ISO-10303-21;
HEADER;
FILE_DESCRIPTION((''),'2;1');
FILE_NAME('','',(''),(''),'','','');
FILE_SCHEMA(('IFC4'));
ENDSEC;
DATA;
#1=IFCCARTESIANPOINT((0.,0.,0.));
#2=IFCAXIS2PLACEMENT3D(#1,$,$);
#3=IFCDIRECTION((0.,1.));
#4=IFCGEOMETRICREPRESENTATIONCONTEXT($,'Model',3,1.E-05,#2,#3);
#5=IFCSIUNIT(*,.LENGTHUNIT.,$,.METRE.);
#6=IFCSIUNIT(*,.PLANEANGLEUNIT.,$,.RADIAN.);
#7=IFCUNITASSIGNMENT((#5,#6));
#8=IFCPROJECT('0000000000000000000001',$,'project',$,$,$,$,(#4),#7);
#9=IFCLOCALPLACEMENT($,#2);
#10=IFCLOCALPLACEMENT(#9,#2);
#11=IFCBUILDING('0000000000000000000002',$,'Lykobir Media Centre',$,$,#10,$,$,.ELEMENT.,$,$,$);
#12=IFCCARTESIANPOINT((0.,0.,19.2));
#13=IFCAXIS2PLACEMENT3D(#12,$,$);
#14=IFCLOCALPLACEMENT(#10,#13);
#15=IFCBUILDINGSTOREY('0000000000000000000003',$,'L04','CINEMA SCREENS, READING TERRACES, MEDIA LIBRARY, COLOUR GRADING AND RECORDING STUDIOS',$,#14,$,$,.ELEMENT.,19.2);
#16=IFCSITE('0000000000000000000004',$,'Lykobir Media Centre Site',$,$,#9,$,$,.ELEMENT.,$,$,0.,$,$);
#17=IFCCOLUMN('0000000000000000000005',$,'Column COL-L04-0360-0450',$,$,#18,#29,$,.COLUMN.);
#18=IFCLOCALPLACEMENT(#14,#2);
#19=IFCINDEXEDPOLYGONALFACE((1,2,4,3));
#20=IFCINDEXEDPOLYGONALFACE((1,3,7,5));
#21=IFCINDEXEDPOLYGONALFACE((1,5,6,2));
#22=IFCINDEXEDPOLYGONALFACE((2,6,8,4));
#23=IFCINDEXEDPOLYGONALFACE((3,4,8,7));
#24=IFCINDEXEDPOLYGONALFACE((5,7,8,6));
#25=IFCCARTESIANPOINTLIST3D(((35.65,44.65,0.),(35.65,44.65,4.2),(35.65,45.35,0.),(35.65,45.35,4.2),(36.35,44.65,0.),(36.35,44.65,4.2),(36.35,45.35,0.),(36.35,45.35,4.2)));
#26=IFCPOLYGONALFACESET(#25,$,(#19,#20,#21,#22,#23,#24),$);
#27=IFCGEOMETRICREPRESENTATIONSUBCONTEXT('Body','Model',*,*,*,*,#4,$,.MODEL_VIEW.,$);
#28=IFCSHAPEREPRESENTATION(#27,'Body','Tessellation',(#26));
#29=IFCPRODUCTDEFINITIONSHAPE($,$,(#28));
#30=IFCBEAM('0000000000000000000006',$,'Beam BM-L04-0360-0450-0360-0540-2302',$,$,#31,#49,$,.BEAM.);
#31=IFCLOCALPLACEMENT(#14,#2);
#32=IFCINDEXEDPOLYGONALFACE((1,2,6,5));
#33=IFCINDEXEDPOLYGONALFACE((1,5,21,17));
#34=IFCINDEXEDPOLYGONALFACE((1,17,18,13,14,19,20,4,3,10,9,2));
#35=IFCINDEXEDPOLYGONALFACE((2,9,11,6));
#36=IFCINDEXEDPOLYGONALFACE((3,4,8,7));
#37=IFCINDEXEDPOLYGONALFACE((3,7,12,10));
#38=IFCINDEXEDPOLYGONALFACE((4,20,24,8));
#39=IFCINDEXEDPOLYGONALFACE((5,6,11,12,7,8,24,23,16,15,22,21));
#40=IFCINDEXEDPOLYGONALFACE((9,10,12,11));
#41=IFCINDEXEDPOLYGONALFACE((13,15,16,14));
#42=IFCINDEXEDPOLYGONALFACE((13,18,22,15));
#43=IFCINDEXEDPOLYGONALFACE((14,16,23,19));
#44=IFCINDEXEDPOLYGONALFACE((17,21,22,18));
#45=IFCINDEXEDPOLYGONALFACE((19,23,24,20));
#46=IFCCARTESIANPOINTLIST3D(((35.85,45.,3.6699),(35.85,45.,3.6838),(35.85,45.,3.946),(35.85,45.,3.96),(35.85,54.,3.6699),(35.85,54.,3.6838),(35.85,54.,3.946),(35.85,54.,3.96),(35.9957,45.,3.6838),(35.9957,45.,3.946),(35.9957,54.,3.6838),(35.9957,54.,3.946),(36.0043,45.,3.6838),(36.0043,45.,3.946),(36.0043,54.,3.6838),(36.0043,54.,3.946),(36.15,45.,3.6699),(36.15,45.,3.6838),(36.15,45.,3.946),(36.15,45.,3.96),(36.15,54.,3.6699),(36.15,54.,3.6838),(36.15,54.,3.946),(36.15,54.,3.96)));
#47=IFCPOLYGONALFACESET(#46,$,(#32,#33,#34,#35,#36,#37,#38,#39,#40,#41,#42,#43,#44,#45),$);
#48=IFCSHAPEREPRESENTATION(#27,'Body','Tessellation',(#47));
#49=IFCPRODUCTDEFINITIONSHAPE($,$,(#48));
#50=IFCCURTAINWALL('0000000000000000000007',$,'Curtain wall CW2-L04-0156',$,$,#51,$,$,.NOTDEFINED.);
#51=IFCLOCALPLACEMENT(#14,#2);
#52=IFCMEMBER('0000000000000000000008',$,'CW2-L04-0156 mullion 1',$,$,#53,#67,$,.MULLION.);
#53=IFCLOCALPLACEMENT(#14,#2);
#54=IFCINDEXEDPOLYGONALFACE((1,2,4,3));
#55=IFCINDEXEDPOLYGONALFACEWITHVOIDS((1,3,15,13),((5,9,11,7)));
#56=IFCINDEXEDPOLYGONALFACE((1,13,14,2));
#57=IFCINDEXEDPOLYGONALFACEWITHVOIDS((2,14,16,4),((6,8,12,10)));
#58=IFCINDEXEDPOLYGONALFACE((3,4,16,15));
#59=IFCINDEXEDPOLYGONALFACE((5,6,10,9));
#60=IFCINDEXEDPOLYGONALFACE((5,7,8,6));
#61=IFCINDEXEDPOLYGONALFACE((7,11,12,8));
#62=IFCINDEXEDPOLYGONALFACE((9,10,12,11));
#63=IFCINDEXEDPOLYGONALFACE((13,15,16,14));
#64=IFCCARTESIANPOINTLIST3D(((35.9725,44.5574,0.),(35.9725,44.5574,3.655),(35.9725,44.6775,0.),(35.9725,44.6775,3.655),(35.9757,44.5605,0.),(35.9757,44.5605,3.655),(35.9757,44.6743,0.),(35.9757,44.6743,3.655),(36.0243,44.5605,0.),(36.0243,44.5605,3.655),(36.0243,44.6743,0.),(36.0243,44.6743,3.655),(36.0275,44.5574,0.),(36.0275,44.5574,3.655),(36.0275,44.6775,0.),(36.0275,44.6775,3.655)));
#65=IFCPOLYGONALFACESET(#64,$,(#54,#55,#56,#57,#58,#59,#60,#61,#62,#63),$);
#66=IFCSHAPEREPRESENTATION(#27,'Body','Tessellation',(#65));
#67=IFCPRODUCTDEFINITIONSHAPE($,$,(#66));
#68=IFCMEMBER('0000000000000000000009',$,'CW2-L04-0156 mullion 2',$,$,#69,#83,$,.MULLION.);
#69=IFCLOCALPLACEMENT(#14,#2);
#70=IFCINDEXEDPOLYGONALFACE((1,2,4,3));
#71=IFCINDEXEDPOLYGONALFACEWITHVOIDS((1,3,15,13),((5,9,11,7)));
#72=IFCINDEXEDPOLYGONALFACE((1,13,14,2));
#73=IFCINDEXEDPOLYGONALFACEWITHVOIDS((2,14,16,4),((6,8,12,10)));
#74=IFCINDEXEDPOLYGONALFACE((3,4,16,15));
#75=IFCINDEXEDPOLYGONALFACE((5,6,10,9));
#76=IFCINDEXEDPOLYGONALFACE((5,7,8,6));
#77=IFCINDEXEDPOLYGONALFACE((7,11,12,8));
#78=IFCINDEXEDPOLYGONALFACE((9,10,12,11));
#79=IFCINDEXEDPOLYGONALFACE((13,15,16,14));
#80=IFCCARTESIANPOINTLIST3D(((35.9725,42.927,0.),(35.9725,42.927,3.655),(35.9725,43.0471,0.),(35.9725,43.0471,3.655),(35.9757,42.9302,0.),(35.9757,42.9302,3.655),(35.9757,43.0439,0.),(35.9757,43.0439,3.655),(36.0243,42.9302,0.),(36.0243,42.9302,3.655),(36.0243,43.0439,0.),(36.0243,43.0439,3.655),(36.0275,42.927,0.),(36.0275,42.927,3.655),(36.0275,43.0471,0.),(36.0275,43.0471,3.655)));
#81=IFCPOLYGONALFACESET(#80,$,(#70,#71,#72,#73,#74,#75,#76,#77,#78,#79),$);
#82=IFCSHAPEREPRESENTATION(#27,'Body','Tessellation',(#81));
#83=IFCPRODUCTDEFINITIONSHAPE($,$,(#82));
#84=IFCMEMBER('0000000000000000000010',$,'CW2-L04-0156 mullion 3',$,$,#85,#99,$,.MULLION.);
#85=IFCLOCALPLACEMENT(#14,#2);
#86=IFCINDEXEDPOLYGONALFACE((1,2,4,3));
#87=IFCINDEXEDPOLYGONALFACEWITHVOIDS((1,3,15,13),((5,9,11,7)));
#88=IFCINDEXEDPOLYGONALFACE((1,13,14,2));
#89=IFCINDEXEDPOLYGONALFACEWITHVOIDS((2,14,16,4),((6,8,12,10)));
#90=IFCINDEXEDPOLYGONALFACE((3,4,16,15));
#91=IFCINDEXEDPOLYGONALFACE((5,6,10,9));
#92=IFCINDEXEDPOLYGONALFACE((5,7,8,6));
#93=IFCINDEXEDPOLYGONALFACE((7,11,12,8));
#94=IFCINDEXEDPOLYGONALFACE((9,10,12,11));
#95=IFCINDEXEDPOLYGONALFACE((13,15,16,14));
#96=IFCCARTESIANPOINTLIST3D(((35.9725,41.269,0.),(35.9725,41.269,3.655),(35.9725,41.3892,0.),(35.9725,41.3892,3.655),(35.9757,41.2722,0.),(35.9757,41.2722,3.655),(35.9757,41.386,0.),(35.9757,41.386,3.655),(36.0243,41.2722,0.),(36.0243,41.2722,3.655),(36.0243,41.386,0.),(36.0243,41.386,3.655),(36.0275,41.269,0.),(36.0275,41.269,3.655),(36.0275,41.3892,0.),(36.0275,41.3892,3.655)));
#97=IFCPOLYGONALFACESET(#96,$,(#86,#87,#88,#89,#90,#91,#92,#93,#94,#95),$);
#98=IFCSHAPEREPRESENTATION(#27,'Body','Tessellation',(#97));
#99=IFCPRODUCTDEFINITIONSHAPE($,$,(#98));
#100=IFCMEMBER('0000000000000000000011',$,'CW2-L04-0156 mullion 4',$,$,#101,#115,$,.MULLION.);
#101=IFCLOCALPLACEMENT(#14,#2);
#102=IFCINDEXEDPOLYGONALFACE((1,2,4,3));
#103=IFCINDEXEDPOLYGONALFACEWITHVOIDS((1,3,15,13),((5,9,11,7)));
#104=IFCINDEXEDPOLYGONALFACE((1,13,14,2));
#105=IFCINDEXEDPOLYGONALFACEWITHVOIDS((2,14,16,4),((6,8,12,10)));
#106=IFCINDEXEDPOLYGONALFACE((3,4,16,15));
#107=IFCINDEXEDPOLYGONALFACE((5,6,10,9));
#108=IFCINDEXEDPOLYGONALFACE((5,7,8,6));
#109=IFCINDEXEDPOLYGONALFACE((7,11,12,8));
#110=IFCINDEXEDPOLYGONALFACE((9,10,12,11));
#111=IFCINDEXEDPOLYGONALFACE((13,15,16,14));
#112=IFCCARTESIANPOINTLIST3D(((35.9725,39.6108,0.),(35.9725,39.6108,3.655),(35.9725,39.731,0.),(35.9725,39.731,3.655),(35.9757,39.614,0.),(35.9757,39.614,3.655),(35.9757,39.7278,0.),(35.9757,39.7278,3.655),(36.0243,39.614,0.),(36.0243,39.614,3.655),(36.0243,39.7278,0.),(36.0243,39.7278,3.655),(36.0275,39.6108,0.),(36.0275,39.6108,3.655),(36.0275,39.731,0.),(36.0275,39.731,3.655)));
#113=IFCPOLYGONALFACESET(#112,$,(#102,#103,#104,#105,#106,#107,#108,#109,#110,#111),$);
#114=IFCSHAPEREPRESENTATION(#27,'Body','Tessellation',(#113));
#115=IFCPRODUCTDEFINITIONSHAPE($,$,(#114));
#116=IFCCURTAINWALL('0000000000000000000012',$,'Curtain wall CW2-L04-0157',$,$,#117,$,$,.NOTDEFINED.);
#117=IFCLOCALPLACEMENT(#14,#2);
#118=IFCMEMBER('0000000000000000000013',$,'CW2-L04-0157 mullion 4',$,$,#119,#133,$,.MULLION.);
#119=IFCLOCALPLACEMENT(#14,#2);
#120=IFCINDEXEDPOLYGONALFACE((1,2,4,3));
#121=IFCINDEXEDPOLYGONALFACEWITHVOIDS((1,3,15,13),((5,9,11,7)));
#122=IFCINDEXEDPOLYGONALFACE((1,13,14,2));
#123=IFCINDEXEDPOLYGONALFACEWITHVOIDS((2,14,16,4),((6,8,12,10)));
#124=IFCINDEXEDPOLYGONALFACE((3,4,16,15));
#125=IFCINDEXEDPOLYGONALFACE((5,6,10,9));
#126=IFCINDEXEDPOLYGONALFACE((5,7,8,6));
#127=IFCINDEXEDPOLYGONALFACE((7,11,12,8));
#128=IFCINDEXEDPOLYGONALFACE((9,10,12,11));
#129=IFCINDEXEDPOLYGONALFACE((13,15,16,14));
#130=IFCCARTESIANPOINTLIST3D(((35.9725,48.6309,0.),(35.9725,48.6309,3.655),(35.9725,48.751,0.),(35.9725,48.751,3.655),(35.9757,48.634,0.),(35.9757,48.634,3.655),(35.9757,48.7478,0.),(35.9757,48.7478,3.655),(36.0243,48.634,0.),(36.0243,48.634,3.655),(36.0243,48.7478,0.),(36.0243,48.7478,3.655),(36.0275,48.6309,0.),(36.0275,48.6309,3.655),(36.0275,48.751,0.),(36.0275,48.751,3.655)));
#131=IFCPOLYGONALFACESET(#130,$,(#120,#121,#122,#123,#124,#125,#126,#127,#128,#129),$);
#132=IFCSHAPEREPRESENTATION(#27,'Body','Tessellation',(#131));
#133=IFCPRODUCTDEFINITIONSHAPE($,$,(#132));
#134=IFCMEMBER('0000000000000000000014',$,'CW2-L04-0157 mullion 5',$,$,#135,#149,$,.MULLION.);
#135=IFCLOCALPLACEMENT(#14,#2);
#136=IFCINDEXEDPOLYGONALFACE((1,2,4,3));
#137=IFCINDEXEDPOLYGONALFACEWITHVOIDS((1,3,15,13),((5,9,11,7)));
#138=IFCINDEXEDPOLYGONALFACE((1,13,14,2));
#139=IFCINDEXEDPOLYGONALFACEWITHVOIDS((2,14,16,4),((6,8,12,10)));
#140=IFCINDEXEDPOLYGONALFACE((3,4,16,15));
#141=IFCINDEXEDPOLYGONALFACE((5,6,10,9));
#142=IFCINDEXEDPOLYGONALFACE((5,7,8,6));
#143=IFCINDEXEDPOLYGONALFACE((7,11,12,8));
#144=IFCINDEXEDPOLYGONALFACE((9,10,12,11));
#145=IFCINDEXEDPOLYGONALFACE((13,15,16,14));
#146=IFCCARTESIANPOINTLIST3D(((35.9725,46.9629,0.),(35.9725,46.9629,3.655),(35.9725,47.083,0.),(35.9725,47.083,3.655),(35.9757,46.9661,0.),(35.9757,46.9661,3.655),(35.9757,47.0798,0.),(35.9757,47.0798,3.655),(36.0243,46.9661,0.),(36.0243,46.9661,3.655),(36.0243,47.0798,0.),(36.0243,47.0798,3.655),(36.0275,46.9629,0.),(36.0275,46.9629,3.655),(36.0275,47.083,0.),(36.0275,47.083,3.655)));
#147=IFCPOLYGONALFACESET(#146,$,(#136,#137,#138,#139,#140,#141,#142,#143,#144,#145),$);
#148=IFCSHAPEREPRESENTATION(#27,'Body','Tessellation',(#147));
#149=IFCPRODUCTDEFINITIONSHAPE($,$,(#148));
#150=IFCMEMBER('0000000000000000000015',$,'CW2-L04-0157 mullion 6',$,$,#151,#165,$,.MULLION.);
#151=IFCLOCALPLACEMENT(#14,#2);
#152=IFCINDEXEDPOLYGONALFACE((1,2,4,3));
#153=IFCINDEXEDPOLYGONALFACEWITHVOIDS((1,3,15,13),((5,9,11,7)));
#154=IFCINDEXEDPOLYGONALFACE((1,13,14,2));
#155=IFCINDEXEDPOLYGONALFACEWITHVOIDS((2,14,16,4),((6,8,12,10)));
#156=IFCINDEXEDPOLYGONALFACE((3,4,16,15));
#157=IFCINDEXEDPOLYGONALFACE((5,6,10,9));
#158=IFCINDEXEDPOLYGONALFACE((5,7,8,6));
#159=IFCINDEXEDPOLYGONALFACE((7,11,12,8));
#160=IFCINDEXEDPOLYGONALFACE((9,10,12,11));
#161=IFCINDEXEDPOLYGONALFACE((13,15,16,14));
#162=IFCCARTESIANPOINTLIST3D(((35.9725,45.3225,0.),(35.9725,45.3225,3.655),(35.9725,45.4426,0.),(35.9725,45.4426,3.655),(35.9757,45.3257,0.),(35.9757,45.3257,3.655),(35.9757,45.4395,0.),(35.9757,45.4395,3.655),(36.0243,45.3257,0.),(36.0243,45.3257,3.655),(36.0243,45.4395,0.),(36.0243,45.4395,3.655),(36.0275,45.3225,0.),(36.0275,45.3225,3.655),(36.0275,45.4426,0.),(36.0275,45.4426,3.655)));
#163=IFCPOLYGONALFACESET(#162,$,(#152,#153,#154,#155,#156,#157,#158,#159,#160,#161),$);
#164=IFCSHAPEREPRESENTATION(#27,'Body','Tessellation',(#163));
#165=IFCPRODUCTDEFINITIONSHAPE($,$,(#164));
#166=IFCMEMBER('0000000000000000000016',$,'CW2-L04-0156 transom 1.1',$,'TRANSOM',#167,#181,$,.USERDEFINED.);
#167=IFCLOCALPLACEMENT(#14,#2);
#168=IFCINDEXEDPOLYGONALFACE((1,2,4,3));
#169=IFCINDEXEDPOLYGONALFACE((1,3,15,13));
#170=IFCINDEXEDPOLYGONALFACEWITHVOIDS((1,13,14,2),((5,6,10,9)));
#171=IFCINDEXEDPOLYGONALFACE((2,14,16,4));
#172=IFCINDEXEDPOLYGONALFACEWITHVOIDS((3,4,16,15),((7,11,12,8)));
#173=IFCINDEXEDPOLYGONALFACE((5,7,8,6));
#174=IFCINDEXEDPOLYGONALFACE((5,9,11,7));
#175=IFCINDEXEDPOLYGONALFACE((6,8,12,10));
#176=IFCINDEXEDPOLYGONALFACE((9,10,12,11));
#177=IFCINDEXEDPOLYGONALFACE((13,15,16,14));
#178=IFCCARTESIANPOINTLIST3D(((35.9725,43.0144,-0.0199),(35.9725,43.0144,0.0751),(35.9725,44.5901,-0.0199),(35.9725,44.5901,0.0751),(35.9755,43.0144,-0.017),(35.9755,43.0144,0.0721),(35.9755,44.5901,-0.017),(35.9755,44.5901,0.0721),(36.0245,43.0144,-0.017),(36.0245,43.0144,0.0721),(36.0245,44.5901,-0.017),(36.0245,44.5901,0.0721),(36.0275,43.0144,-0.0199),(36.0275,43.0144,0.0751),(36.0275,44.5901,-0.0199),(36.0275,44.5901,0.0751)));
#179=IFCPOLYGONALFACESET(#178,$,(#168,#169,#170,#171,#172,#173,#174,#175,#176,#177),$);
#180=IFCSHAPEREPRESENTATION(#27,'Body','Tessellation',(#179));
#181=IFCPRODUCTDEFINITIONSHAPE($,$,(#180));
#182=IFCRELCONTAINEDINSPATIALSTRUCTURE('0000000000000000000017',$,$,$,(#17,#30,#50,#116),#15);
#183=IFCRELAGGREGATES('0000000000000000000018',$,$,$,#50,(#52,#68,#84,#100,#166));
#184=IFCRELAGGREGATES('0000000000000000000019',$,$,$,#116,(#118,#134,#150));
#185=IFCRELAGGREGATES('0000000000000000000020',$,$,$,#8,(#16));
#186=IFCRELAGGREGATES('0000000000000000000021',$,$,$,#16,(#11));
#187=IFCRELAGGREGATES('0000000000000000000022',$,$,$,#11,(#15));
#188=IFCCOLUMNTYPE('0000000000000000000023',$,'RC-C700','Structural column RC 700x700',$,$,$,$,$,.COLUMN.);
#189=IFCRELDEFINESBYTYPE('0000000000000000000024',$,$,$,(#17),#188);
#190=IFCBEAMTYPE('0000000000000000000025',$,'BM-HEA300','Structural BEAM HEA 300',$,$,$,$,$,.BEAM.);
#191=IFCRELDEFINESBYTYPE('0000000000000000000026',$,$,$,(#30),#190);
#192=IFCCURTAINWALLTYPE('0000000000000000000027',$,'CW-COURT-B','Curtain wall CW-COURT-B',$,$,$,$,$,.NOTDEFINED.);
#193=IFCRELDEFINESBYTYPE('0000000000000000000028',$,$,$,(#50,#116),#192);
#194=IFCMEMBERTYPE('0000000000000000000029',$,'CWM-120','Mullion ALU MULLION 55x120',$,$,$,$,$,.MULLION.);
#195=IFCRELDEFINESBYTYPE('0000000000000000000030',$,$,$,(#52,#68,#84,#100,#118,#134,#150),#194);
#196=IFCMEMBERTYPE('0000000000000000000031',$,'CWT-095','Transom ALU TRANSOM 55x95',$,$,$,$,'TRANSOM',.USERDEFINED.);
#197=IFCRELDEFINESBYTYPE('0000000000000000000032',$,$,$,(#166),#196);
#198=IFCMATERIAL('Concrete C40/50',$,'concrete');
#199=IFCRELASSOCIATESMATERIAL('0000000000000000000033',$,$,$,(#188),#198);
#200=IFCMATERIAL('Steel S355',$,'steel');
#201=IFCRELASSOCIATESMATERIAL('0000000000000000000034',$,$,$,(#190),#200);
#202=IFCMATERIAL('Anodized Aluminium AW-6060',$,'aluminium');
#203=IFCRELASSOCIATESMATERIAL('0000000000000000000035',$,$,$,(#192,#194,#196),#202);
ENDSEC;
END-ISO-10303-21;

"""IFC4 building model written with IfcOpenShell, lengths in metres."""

from ifc_helpers import new_model, si_unit, direction, frame, origin, origin_2d, place, context, subcontext, project, spatial, rectangle, hollow_rectangle, i_section, extrude, material, material_profile, profile_set, type_object, element, aggregate, save


model = new_model("IFC4")

# Units and contexts
model_context = context("Model", 3, precision=1e-05, world=origin(), true_north=direction((0.0, 1.0)))
body_context = subcontext(model_context, "Body", "Model", "MODEL_VIEW")
ifc_project = project(units=[si_unit("LENGTHUNIT", "METRE"), si_unit("PLANEANGLEUNIT", "RADIAN")], contexts=[model_context])

# Site, building, storey
site_placement = place(None, origin())
site = spatial("IfcSite", under=ifc_project, at=site_placement, Name="Lykobir Media Centre Site", CompositionType="ELEMENT", RefElevation=0.0)
building_placement = place(site_placement, origin())
building = spatial("IfcBuilding", under=site, at=building_placement, Name="Lykobir Media Centre", CompositionType="ELEMENT")
storey_placement = place(building_placement, frame((0.0, 0.0, 19.2)))
storey = spatial("IfcBuildingStorey", under=building, at=storey_placement, Name="L04", Description="CINEMA SCREENS, READING TERRACES, MEDIA LIBRARY, COLOUR GRADING AND RECORDING STUDIOS", CompositionType="ELEMENT", Elevation=19.2)

# Column
ifc_material_1 = material(Name="Concrete C40/50", Category="concrete")
ifc_material_profile_1 = material_profile(ifc_material_1, rectangle(XDim=0.7, YDim=0.7, at=origin_2d()), Name="RC 700x700")
ifc_profile_set_1 = profile_set([ifc_material_profile_1], Name="Concrete C40/50")
column_type = type_object("IfcColumnType", Name="RC-C700", Description="Structural column RC 700x700", PredefinedType="COLUMN", material=ifc_profile_set_1)
column_placement = place(storey_placement, frame((36.0, 45.0, 0.0), z_axis=(0.0, 0.0, 1.0), x_axis=(1.0, 0.0, 0.0)))
element("IfcColumn", 1, at=column_placement, inside=storey, type_object=column_type, Name="Column COL-L04-0360-0450", PredefinedType="COLUMN", context=body_context, shape_type="SweptSolid", body=[
    extrude(rectangle(XDim=0.7, YDim=0.7, at=origin_2d()), origin(), (0.0, 0.0, 1.0), 4.2),
])

# Beam
ifc_material_2 = material(Name="Steel S355", Category="steel")
ifc_material_profile_2 = material_profile(ifc_material_2, i_section(OverallWidth=0.3, OverallDepth=0.29, WebThickness=0.0085, FlangeThickness=0.0139, at=origin_2d()), Name="HEA 300")
ifc_profile_set_2 = profile_set([ifc_material_profile_2], Name="Steel S355")
beam_type = type_object("IfcBeamType", Name="BM-HEA300", Description="Structural BEAM HEA 300", PredefinedType="BEAM", material=ifc_profile_set_2)
beam_placement = place(storey_placement, frame((36.0, 45.0, 3.8149), z_axis=(0.0, 1.0, 0.0), x_axis=(-1.0, 0.0, 0.0)))
element("IfcBeam", 2, at=beam_placement, inside=storey, type_object=beam_type, Name="Beam BM-L04-0360-0450-0360-0540-2302", PredefinedType="BEAM", context=body_context, shape_type="SweptSolid", body=[
    extrude(i_section(OverallWidth=0.3, OverallDepth=0.29, WebThickness=0.0085, FlangeThickness=0.0139, at=origin_2d()), origin(), (0.0, 0.0, 1.0), 9.0),
])

# Curtain walls, members
ifc_material_3 = material(Name="Anodized Aluminium AW-6060", Category="aluminium")
curtain_wall_type = type_object("IfcCurtainWallType", Name="CW-COURT-B", Description="Curtain wall CW-COURT-B", PredefinedType="NOTDEFINED", material=ifc_material_3)
curtain_wall_1_placement = place(storey_placement, origin())
curtain_wall_1 = element("IfcCurtainWall", 3, at=curtain_wall_1_placement, inside=storey, type_object=curtain_wall_type, Name="Curtain wall CW2-L04-0156", PredefinedType="NOTDEFINED")
ifc_material_profile_3 = material_profile(ifc_material_3, hollow_rectangle(XDim=0.0549, YDim=0.1201, WallThickness=0.0032, at=origin_2d()), Name="ALU MULLION 55x120")
ifc_profile_set_3 = profile_set([ifc_material_profile_3], Name="Anodized Aluminium AW-6060")
member_type_1 = type_object("IfcMemberType", Name="CWM-120", Description="Mullion ALU MULLION 55x120", PredefinedType="MULLION", material=ifc_profile_set_3)
member_1_placement = place(storey_placement, frame((36.0, 44.6174, 0.0), z_axis=(0.0, 0.0, 1.0), x_axis=(1.0, 0.0, 0.0)))
member_1 = element("IfcMember", 4, at=member_1_placement, type_object=member_type_1, Name="CW2-L04-0156 mullion 1", PredefinedType="MULLION", context=body_context, shape_type="SweptSolid", body=[
    extrude(hollow_rectangle(XDim=0.0549, YDim=0.1201, WallThickness=0.0032, at=origin_2d()), origin(), (0.0, 0.0, 1.0), 3.655),
])
member_2_placement = place(storey_placement, frame((36.0, 42.9871, 0.0), z_axis=(0.0, 0.0, 1.0), x_axis=(1.0, 0.0, 0.0)))
member_2 = element("IfcMember", 5, at=member_2_placement, type_object=member_type_1, Name="CW2-L04-0156 mullion 2", PredefinedType="MULLION", context=body_context, shape_type="SweptSolid", body=[
    extrude(hollow_rectangle(XDim=0.0549, YDim=0.1201, WallThickness=0.0032, at=origin_2d()), origin(), (0.0, 0.0, 1.0), 3.655),
])
member_3_placement = place(storey_placement, frame((36.0, 41.3291, 0.0), z_axis=(0.0, 0.0, 1.0), x_axis=(1.0, 0.0, 0.0)))
member_3 = element("IfcMember", 6, at=member_3_placement, type_object=member_type_1, Name="CW2-L04-0156 mullion 3", PredefinedType="MULLION", context=body_context, shape_type="SweptSolid", body=[
    extrude(hollow_rectangle(XDim=0.0549, YDim=0.1201, WallThickness=0.0032, at=origin_2d()), origin(), (0.0, 0.0, 1.0), 3.655),
])
member_4_placement = place(storey_placement, frame((36.0, 39.6709, 0.0), z_axis=(0.0, 0.0, 1.0), x_axis=(1.0, 0.0, 0.0)))
member_4 = element("IfcMember", 7, at=member_4_placement, type_object=member_type_1, Name="CW2-L04-0156 mullion 4", PredefinedType="MULLION", context=body_context, shape_type="SweptSolid", body=[
    extrude(hollow_rectangle(XDim=0.0549, YDim=0.1201, WallThickness=0.0032, at=origin_2d()), origin(), (0.0, 0.0, 1.0), 3.655),
])
curtain_wall_2_placement = place(storey_placement, origin())
curtain_wall_2 = element("IfcCurtainWall", 8, at=curtain_wall_2_placement, inside=storey, type_object=curtain_wall_type, Name="Curtain wall CW2-L04-0157", PredefinedType="NOTDEFINED")
member_5_placement = place(storey_placement, frame((36.0, 48.6909, 0.0), z_axis=(0.0, 0.0, 1.0), x_axis=(1.0, 0.0, 0.0)))
member_5 = element("IfcMember", 9, at=member_5_placement, type_object=member_type_1, Name="CW2-L04-0157 mullion 4", PredefinedType="MULLION", context=body_context, shape_type="SweptSolid", body=[
    extrude(hollow_rectangle(XDim=0.0549, YDim=0.1201, WallThickness=0.0032, at=origin_2d()), origin(), (0.0, 0.0, 1.0), 3.655),
])
member_6_placement = place(storey_placement, frame((36.0, 47.0229, 0.0), z_axis=(0.0, 0.0, 1.0), x_axis=(1.0, 0.0, 0.0)))
member_6 = element("IfcMember", 10, at=member_6_placement, type_object=member_type_1, Name="CW2-L04-0157 mullion 5", PredefinedType="MULLION", context=body_context, shape_type="SweptSolid", body=[
    extrude(hollow_rectangle(XDim=0.0549, YDim=0.1201, WallThickness=0.0032, at=origin_2d()), origin(), (0.0, 0.0, 1.0), 3.655),
])
member_7_placement = place(storey_placement, frame((36.0, 45.3826, 0.0), z_axis=(0.0, 0.0, 1.0), x_axis=(1.0, 0.0, 0.0)))
member_7 = element("IfcMember", 11, at=member_7_placement, type_object=member_type_1, Name="CW2-L04-0157 mullion 6", PredefinedType="MULLION", context=body_context, shape_type="SweptSolid", body=[
    extrude(hollow_rectangle(XDim=0.0549, YDim=0.1201, WallThickness=0.0032, at=origin_2d()), origin(), (0.0, 0.0, 1.0), 3.655),
])

# Member
ifc_material_profile_4 = material_profile(ifc_material_3, hollow_rectangle(XDim=0.0549, YDim=0.095, WallThickness=0.0029, at=origin_2d()), Name="ALU TRANSOM 55x95")
ifc_profile_set_4 = profile_set([ifc_material_profile_4], Name="Anodized Aluminium AW-6060")
member_type_2 = type_object("IfcMemberType", Name="CWT-095", Description="Transom ALU TRANSOM 55x95", ElementType="TRANSOM", PredefinedType="USERDEFINED", material=ifc_profile_set_4)
member_8_placement = place(storey_placement, frame((36.0, 44.5901, 0.0276), z_axis=(0.0, -1.0, 0.0), x_axis=(1.0, 0.0, 0.0)))
member_8 = element("IfcMember", 12, at=member_8_placement, type_object=member_type_2, Name="CW2-L04-0156 transom 1.1", ObjectType="TRANSOM", PredefinedType="USERDEFINED", context=body_context, shape_type="SweptSolid", body=[
    extrude(hollow_rectangle(XDim=0.0549, YDim=0.095, WallThickness=0.0029, at=origin_2d()), origin(), (0.0, 0.0, 1.0), 1.5757),
])

aggregate(curtain_wall_1, [member_1, member_2, member_3, member_4, member_8])
aggregate(curtain_wall_2, [member_5, member_6, member_7])

save(model, "model.ifc")
